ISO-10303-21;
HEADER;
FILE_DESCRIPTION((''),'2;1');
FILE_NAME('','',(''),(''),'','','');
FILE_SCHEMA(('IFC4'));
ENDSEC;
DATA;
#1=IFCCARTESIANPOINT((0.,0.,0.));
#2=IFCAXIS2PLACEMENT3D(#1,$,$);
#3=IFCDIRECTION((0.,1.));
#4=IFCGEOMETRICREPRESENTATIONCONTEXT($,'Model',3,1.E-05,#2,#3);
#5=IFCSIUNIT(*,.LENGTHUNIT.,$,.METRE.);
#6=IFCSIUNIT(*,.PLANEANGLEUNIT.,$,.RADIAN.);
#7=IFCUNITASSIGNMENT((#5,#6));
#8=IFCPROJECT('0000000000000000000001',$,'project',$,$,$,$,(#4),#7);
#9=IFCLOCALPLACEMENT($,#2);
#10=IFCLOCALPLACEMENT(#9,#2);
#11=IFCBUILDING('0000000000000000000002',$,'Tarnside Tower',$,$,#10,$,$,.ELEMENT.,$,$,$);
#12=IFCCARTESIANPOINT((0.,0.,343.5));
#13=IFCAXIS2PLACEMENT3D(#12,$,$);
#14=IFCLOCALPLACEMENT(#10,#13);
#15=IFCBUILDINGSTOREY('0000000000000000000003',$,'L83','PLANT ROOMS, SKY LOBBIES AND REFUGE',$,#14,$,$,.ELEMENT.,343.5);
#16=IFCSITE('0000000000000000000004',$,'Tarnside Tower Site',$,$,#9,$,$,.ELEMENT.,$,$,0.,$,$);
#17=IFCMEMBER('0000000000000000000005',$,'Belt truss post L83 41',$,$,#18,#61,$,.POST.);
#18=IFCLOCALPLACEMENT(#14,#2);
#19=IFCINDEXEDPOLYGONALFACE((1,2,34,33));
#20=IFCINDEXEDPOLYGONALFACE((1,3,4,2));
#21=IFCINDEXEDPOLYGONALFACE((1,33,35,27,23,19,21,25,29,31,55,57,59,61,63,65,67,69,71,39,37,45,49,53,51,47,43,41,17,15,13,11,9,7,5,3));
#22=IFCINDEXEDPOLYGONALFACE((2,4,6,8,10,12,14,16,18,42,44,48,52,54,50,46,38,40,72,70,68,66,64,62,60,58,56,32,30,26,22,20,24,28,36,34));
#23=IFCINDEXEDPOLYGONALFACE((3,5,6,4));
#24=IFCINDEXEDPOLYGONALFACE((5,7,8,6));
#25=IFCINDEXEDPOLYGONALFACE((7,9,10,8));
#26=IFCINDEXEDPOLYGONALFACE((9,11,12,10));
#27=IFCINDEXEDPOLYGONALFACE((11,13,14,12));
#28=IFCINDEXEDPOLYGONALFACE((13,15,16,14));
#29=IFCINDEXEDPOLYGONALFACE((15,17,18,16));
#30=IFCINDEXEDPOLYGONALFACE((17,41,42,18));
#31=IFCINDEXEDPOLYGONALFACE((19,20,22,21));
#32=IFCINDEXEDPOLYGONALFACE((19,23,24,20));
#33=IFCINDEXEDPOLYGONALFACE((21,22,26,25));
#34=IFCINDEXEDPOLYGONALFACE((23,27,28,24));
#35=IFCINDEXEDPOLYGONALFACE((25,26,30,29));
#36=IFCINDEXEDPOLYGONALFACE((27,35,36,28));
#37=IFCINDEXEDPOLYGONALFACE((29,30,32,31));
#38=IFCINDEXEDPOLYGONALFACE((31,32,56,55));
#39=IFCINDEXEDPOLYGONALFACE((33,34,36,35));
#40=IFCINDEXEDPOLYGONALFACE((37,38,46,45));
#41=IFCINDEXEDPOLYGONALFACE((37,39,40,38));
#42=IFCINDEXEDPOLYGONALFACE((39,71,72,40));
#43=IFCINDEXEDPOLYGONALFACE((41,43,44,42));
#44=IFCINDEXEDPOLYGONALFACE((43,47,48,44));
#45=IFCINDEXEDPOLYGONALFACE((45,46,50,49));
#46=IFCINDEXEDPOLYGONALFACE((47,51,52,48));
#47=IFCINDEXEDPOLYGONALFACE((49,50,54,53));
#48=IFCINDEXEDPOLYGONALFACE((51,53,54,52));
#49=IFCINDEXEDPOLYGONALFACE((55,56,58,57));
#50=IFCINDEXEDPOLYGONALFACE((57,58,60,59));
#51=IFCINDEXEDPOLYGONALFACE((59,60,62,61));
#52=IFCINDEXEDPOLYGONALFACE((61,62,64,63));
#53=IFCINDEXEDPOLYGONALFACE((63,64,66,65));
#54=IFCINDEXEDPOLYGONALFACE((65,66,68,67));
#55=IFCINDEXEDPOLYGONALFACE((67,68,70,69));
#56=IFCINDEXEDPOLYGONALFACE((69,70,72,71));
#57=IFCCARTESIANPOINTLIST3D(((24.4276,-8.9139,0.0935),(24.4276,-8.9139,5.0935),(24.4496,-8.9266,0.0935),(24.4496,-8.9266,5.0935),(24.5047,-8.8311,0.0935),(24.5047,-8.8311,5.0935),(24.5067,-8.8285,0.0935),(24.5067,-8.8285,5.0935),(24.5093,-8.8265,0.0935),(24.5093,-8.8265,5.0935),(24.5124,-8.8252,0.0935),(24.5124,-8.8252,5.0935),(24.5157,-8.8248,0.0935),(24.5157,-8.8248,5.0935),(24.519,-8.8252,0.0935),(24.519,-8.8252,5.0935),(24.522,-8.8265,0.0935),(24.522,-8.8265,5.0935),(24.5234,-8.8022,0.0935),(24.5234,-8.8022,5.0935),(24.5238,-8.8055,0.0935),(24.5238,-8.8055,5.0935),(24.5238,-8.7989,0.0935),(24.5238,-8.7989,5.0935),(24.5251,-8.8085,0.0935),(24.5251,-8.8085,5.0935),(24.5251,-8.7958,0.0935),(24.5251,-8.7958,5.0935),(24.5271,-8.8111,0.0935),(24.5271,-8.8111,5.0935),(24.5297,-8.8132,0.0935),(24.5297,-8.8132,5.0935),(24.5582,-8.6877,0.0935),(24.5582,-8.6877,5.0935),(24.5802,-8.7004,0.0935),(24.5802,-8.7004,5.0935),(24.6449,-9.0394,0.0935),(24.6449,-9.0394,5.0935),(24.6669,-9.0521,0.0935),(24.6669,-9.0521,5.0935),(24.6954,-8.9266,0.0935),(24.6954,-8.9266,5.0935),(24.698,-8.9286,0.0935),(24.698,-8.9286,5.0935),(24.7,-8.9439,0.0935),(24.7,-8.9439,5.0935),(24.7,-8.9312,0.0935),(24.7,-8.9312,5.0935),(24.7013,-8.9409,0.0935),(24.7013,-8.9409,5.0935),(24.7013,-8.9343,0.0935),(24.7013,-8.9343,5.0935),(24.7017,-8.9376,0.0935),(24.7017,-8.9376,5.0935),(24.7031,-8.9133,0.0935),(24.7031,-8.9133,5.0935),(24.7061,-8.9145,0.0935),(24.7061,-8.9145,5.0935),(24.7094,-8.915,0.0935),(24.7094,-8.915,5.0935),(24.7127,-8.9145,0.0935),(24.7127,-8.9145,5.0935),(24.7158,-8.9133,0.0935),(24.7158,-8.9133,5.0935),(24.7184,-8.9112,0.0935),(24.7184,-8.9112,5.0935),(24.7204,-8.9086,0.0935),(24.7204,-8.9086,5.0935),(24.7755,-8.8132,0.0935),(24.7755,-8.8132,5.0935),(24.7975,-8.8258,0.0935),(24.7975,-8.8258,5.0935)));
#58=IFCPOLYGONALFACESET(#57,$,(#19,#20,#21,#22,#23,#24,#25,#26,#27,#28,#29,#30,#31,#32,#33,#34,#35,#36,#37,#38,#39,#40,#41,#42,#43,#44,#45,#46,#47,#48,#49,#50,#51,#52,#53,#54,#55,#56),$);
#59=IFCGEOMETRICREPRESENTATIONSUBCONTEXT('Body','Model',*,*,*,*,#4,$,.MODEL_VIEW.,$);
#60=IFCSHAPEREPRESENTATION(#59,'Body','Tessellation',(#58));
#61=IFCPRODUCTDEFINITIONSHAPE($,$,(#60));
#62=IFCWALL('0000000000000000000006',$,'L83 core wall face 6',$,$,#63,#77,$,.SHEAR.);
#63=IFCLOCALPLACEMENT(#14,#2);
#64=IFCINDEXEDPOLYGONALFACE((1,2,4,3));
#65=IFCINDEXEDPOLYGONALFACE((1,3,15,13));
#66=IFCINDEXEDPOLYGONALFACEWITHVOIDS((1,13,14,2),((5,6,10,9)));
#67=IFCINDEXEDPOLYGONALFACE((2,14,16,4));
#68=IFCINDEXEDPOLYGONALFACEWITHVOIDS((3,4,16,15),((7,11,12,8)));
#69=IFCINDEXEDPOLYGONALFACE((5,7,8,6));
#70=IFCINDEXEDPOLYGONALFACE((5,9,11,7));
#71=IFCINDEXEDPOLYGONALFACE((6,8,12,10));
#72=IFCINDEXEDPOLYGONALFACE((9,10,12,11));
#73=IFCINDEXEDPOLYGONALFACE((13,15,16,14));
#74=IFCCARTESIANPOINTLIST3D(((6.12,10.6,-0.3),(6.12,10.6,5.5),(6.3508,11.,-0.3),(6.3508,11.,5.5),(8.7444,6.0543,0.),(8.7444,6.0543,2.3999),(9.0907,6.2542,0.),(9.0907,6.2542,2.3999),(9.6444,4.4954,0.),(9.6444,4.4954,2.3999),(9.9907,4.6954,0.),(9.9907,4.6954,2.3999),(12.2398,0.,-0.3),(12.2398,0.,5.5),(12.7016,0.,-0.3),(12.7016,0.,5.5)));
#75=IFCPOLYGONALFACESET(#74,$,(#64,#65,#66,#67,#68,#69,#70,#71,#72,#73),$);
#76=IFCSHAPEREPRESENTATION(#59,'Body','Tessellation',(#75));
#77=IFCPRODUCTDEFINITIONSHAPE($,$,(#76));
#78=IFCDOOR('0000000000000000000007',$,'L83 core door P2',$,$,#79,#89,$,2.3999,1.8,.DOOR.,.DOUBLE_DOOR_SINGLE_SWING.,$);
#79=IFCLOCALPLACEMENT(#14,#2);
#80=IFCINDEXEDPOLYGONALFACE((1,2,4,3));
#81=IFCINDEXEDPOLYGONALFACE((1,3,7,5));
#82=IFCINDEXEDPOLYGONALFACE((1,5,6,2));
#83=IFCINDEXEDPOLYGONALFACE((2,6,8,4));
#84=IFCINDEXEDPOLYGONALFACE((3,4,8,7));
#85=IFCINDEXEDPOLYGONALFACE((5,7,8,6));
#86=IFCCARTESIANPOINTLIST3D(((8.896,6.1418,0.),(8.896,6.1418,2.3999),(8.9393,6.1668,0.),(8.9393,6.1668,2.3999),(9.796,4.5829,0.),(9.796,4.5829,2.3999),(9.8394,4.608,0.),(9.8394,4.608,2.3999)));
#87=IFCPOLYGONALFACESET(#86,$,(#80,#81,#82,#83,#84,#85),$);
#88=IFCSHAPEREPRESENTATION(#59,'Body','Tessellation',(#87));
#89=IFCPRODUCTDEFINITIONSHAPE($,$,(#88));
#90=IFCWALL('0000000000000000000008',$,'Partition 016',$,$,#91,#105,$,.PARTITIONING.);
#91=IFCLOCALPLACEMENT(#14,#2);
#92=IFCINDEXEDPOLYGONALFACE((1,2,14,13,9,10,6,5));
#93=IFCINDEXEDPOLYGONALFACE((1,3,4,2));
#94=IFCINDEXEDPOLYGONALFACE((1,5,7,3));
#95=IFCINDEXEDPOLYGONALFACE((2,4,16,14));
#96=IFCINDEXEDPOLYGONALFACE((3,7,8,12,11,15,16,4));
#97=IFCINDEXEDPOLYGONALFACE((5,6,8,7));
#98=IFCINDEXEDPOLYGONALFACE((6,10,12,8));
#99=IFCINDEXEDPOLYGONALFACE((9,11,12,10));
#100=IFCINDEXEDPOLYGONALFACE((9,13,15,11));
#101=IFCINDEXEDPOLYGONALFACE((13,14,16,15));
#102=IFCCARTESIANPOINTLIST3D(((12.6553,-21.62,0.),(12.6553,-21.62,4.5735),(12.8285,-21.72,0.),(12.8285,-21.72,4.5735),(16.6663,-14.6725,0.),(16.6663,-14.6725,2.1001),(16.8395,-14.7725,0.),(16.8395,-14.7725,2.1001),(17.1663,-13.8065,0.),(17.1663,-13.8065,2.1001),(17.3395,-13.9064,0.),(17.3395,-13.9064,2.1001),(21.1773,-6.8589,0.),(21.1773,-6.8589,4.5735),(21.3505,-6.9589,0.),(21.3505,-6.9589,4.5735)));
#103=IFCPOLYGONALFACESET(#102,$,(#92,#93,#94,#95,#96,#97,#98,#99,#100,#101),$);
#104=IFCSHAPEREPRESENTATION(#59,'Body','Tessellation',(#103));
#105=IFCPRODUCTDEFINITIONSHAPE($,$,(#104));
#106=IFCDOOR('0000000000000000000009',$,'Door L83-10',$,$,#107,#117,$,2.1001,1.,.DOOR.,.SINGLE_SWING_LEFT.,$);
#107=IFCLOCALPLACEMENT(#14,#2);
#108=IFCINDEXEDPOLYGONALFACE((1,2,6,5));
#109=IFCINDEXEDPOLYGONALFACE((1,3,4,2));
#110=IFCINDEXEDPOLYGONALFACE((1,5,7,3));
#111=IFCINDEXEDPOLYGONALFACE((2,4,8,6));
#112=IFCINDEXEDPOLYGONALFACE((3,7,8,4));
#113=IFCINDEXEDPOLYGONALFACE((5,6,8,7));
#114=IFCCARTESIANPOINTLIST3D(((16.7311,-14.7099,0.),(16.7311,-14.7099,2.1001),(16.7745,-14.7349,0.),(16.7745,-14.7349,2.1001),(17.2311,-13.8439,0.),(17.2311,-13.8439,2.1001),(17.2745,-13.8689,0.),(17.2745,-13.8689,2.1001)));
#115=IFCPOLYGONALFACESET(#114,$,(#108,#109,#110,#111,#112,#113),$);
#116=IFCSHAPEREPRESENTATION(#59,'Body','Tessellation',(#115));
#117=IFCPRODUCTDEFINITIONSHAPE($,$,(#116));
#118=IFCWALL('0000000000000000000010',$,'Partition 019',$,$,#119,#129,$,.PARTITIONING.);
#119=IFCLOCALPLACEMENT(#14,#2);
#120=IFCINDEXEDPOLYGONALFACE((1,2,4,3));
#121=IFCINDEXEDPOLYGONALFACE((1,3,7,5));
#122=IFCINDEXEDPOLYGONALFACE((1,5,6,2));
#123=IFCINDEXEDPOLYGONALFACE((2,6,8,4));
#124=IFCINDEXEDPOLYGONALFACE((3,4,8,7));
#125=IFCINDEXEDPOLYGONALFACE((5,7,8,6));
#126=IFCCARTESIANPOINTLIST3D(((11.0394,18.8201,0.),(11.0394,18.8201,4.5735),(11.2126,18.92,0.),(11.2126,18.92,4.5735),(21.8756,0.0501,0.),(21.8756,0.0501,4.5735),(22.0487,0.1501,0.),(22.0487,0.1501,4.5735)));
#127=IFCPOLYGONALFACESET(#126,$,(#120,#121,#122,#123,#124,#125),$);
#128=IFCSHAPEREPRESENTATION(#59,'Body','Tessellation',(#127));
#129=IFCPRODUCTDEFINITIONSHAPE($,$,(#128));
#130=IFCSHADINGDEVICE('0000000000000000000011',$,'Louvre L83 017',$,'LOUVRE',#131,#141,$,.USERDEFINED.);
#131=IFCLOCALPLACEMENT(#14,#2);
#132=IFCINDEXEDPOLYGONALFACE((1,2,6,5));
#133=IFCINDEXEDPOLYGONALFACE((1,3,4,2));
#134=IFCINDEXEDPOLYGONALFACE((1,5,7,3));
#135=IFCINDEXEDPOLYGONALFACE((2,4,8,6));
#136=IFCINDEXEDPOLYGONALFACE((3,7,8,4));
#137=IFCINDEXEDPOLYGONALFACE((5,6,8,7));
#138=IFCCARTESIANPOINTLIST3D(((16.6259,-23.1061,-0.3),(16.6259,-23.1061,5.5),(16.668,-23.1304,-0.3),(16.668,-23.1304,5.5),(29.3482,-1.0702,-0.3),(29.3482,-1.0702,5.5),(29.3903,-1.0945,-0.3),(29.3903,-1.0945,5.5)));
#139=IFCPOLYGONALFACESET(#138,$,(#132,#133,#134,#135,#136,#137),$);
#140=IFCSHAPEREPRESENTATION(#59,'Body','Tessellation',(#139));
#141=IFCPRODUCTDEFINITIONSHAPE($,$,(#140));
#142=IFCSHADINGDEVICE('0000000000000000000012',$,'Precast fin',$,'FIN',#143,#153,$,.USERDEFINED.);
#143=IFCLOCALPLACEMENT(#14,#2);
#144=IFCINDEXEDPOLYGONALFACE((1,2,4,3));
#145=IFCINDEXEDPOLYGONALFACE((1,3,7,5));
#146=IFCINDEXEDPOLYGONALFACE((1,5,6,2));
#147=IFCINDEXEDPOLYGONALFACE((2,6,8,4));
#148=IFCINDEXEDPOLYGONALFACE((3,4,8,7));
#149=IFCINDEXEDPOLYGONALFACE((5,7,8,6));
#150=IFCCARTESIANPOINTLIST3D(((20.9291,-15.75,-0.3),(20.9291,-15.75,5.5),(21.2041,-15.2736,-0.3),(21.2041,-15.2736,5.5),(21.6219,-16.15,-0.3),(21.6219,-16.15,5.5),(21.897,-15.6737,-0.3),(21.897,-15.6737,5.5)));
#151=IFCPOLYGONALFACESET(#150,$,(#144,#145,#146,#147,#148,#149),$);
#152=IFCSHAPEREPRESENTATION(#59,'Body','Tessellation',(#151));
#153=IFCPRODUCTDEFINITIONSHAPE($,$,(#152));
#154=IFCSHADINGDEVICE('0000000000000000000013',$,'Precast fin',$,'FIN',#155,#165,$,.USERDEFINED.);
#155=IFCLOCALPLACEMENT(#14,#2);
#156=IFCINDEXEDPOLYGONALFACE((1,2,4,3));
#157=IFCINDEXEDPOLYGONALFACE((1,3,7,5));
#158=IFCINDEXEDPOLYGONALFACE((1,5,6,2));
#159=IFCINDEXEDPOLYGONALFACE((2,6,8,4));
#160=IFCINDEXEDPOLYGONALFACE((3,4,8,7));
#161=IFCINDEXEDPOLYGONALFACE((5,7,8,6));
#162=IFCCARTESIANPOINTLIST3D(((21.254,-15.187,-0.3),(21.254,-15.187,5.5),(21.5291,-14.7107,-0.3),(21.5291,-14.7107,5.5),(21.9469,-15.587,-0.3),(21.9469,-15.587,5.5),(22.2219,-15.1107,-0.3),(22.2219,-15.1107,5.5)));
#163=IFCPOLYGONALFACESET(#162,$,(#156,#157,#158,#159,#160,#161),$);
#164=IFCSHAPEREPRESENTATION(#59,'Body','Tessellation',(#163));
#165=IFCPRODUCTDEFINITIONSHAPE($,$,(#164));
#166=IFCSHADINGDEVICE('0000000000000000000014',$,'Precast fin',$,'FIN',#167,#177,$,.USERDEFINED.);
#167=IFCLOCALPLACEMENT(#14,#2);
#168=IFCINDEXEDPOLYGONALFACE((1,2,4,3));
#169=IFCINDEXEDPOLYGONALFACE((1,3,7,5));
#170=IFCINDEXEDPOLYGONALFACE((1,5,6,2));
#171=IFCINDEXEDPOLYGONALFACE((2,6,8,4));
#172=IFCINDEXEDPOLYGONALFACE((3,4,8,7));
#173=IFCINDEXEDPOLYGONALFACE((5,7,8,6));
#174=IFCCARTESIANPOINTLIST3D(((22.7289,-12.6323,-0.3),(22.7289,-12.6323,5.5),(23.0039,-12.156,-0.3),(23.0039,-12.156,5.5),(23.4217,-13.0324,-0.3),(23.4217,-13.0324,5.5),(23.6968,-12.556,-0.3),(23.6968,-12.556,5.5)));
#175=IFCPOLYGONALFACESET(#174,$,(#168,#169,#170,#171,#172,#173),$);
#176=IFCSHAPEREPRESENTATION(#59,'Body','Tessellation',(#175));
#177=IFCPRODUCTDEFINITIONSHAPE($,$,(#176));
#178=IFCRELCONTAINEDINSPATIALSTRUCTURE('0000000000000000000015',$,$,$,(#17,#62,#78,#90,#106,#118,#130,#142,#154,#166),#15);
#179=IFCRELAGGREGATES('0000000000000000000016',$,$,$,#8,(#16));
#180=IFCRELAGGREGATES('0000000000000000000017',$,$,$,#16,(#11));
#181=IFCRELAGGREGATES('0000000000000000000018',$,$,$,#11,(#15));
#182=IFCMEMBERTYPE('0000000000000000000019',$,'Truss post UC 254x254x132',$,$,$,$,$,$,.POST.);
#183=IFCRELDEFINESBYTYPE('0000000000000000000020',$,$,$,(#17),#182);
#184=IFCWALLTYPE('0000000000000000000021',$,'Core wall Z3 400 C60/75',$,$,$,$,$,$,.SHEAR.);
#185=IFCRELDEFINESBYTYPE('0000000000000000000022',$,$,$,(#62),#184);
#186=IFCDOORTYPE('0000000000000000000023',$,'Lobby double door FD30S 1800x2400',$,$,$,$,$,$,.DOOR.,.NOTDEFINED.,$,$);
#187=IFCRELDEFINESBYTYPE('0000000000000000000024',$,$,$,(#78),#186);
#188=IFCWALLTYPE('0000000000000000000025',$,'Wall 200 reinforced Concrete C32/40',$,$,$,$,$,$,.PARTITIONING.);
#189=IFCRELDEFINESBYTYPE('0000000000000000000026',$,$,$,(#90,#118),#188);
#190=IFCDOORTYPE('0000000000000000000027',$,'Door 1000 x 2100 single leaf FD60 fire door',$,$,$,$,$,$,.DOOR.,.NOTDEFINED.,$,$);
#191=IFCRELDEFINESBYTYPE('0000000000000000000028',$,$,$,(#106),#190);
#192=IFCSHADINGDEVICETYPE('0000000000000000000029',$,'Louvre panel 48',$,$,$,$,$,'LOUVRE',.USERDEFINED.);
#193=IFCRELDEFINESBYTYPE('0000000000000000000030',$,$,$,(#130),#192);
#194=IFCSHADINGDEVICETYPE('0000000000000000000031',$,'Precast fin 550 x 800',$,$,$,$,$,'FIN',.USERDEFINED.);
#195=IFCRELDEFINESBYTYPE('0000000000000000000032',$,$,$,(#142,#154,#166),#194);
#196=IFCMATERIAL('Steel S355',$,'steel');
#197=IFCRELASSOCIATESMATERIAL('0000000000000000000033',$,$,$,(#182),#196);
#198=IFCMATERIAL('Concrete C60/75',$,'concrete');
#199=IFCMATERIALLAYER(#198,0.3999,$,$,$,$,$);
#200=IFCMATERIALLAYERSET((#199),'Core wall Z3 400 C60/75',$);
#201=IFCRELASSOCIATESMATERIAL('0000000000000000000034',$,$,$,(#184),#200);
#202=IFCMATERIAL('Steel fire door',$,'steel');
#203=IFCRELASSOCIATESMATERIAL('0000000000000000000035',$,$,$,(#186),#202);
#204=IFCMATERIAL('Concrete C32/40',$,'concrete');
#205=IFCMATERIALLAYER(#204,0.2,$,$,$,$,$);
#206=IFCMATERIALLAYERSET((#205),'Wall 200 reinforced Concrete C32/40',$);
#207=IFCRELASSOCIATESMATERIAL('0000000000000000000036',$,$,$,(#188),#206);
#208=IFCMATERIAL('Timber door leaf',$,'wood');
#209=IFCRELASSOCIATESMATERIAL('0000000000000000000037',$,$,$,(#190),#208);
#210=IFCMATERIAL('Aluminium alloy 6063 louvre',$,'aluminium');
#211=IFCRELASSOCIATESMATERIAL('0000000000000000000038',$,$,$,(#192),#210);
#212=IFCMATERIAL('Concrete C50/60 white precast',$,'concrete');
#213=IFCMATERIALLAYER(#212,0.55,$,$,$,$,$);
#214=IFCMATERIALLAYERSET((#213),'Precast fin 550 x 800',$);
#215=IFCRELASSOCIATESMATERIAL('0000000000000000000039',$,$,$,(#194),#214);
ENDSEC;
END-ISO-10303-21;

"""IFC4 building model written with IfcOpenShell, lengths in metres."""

from ifc_helpers import new_model, si_unit, direction, frame, frame_2d, origin, origin_2d, place, context, subcontext, project, spatial, polyline, rectangle, i_section, outline, extrude, material, layer, layer_set, material_profile, profile_set, type_object, element, fill, save


model = new_model("IFC4")

# Units and contexts
model_context = context("Model", 3, precision=1e-05, world=origin(), true_north=direction((0.0, 1.0)))
body_context = subcontext(model_context, "Body", "Model", "MODEL_VIEW")
ifc_project = project(units=[si_unit("LENGTHUNIT", "METRE"), si_unit("PLANEANGLEUNIT", "RADIAN")], contexts=[model_context])

# Site, building, storey
site_placement = place(None, origin())
site = spatial("IfcSite", under=ifc_project, at=site_placement, Name="Tarnside Tower Site", CompositionType="ELEMENT", RefElevation=0.0)
building_placement = place(site_placement, origin())
building = spatial("IfcBuilding", under=site, at=building_placement, Name="Tarnside Tower", CompositionType="ELEMENT")
storey_placement = place(building_placement, frame((0.0, 0.0, 343.5)))
storey = spatial("IfcBuildingStorey", under=building, at=storey_placement, Name="L83", Description="PLANT ROOMS, SKY LOBBIES AND REFUGE", CompositionType="ELEMENT", Elevation=343.5)

# Shared definitions
ifc_material_1 = material(Name="Steel S355", Category="steel")

# Member
ifc_material_profile_1 = material_profile(ifc_material_1, i_section(OverallWidth=0.2612, OverallDepth=0.2764, WebThickness=0.0154, FlangeThickness=0.0254, FilletRadius=0.0127, at=origin_2d()), Name="UC 254x254x132")
ifc_profile_set_1 = profile_set([ifc_material_profile_1], Name="Steel S355")
member_type_1 = type_object("IfcMemberType", Name="Truss post UC 254x254x132", PredefinedType="POST", material=ifc_profile_set_1)
for number, where, z_axis, x_axis, name in (
    (1, (24.6125, -8.8699, 0.0935), (0.0, 0.0, 1.0), (0.5, 0.866025, 0.0), "Belt truss post L83 41"),
):
    element("IfcMember", number, at=place(storey_placement, frame(where, z_axis=z_axis, x_axis=x_axis)), inside=storey, type_object=member_type_1, Name=name, PredefinedType="POST", context=body_context, shape_type="SweptSolid", body=[
        extrude(i_section(OverallWidth=0.2612, OverallDepth=0.2764, WebThickness=0.0154, FlangeThickness=0.0254, FilletRadius=0.0127, at=origin_2d()), origin(), (0.0, 0.0, 1.0), 5.0),
    ])

# Walls, openings, doors
ifc_material_2 = material(Name="Concrete C60/75", Category="concrete")
ifc_layer_1 = layer(ifc_material_2, 0.3999)
ifc_layer_set_1 = layer_set([ifc_layer_1], Name="Core wall Z3 400 C60/75")
wall_type_1 = type_object("IfcWallType", Name="Core wall Z3 400 C60/75", PredefinedType="SHEAR", material=ifc_layer_set_1)
wall_1_placement = place(storey_placement, frame((12.4707, 0.0, -0.3), z_axis=(0.0, 0.0, 1.0), x_axis=(-0.499996, 0.866027, 0.0)))
wall_1 = element("IfcWall", 2, at=wall_1_placement, inside=storey, type_object=wall_type_1, Name="L83 core wall face 6", PredefinedType="SHEAR", context=body_context, shape_type="SweptSolid", body=[
    extrude(outline(polyline([(-0.1155, -0.2), (12.5862, -0.2), (12.3552, 0.2), (0.1155, 0.2), (-0.1155, -0.2)])), origin(), (0.0, 0.0, 1.0), 5.8),
])
opening_1_placement = place(wall_1_placement, frame((5.3064, 0.0, 0.3)))
opening_1 = element("IfcOpeningElement", 3, at=opening_1_placement, cuts=wall_1, PredefinedType="OPENING", context=body_context, shape_type="SweptSolid", body=[
    extrude(rectangle(XDim=1.8, YDim=2.3999, at=frame_2d((0.8999, 1.2))), frame((0.0, 0.21, 0.0), z_axis=(0.0, -1.0, 0.0), x_axis=(1.0, 0.0, 0.0)), (0.0, 0.0, 1.0), 0.4199),
])
ifc_material_3 = material(Name="Steel fire door", Category="steel")
door_type_1 = type_object("IfcDoorType", Name="Lobby double door FD30S 1800x2400", OperationType="NOTDEFINED", PredefinedType="DOOR", material=ifc_material_3)
door_1_placement = place(opening_1_placement, origin())
door_1 = element("IfcDoor", 4, at=door_1_placement, inside=storey, type_object=door_type_1, Name="L83 core door P2", OperationType="DOUBLE_DOOR_SINGLE_SWING", OverallHeight=2.3999, OverallWidth=1.8, PredefinedType="DOOR", context=body_context, shape_type="SweptSolid", body=[
    extrude(rectangle(XDim=1.8, YDim=2.3999, at=frame_2d((0.8999, 1.2))), frame((0.0, 0.0249, 0.0), z_axis=(0.0, -1.0, 0.0), x_axis=(1.0, 0.0, 0.0)), (0.0, 0.0, 1.0), 0.05),
])
fill(opening_1, door_1)
ifc_material_4 = material(Name="Concrete C32/40", Category="concrete")
ifc_layer_2 = layer(ifc_material_4, 0.2)
ifc_layer_set_2 = layer_set([ifc_layer_2], Name="Wall 200 reinforced Concrete C32/40")
wall_type_2 = type_object("IfcWallType", Name="Wall 200 reinforced Concrete C32/40", PredefinedType="PARTITIONING", material=ifc_layer_set_2)
wall_2_placement = place(storey_placement, frame((21.2639, -6.9089, 0.0), z_axis=(0.0, 0.0, 1.0), x_axis=(-0.499987, -0.866033, 0.0)))
wall_2 = element("IfcWall", 5, at=wall_2_placement, inside=storey, type_object=wall_type_2, Name="Partition 016", PredefinedType="PARTITIONING", context=body_context, shape_type="SweptSolid", body=[
    extrude(rectangle(XDim=17.0444, YDim=0.2, at=frame_2d((8.5222, 0.0))), origin(), (0.0, 0.0, 1.0), 4.5735),
])
opening_2_placement = place(wall_2_placement, frame((8.0222, 0.0, 0.0)))
opening_2 = element("IfcOpeningElement", 6, at=opening_2_placement, cuts=wall_2, PredefinedType="OPENING", context=body_context, shape_type="SweptSolid", body=[
    extrude(rectangle(XDim=1.0, YDim=2.1001, at=frame_2d((0.5, 1.05))), frame((0.0, 0.1099, 0.0), z_axis=(0.0, -1.0, 0.0), x_axis=(1.0, 0.0, 0.0)), (0.0, 0.0, 1.0), 0.22),
])
ifc_material_5 = material(Name="Timber door leaf", Category="wood")
door_type_2 = type_object("IfcDoorType", Name="Door 1000 x 2100 single leaf FD60 fire door", OperationType="NOTDEFINED", PredefinedType="DOOR", material=ifc_material_5)
door_2_placement = place(opening_2_placement, origin())
door_2 = element("IfcDoor", 7, at=door_2_placement, inside=storey, type_object=door_type_2, Name="Door L83-10", OperationType="SINGLE_SWING_LEFT", OverallHeight=2.1001, OverallWidth=1.0, PredefinedType="DOOR", context=body_context, shape_type="SweptSolid", body=[
    extrude(rectangle(XDim=1.0, YDim=2.1001, at=frame_2d((0.5, 1.05))), frame((0.0, 0.0249, 0.0), z_axis=(0.0, -1.0, 0.0), x_axis=(1.0, 0.0, 0.0)), (0.0, 0.0, 1.0), 0.05),
])
fill(opening_2, door_2)

# Wall
wall_3_placement = place(storey_placement, frame((21.9622, 0.1001, 0.0), z_axis=(0.0, 0.0, 1.0), x_axis=(-0.499976, 0.866039, 0.0)))
element("IfcWall", 8, at=wall_3_placement, inside=storey, type_object=wall_type_2, Name="Partition 019", PredefinedType="PARTITIONING", context=body_context, shape_type="SweptSolid", body=[
    extrude(rectangle(XDim=21.6733, YDim=0.2, at=frame_2d((10.8367, 0.0))), origin(), (0.0, 0.0, 1.0), 4.5735),
])

# Shading devices
ifc_material_6 = material(Name="Aluminium alloy 6063 louvre", Category="aluminium")
shading_device_type_1 = type_object("IfcShadingDeviceType", Name="Louvre panel 48", ElementType="LOUVRE", PredefinedType="USERDEFINED", material=ifc_material_6)
shading_device_placement = place(storey_placement, frame((22.9871, -12.0881, -0.3), z_axis=(-0.499998, -0.866027, 0.0), x_axis=(0.866027, -0.499998, 0.0)))
element("IfcShadingDevice", 9, at=shading_device_placement, inside=storey, type_object=shading_device_type_1, Name="Louvre L83 017", ObjectType="LOUVRE", PredefinedType="USERDEFINED", context=body_context, shape_type="SweptSolid", body=[
    extrude(outline(polyline([(0.0, 0.0), (0.0486, 0.0), (0.0486, 5.8), (0.0, 5.8), (0.0, 0.0)])), frame((0.0, 0.0, -12.7224)), (0.0, 0.0, 1.0), 25.4448),
])
ifc_material_7 = material(Name="Concrete C50/60 white precast", Category="concrete")
ifc_layer_3 = layer(ifc_material_7, 0.55)
ifc_layer_set_3 = layer_set([ifc_layer_3], Name="Precast fin 550 x 800")
shading_device_type_2 = type_object("IfcShadingDeviceType", Name="Precast fin 550 x 800", ElementType="FIN", PredefinedType="USERDEFINED", material=ifc_layer_set_3)
for number, where, z_axis, x_axis, name in (
    (10, (21.0667, -15.5117, -0.3), (-0.5, -0.866025, 0.0), (0.866025, -0.5, 0.0), "Precast fin"),
    (11, (21.3916, -14.9487, -0.3), (-0.5, -0.866025, 0.0), (0.866025, -0.5, 0.0), "Precast fin"),
    (12, (22.8665, -12.394, -0.3), (-0.5, -0.866025, 0.0), (0.866025, -0.5, 0.0), "Precast fin"),
):
    element("IfcShadingDevice", number, at=place(storey_placement, frame(where, z_axis=z_axis, x_axis=x_axis)), inside=storey, type_object=shading_device_type_2, Name=name, ObjectType="FIN", PredefinedType="USERDEFINED", context=body_context, shape_type="SweptSolid", body=[
        extrude(outline(polyline([(0.0, 0.0), (0.8, 0.0), (0.8, 5.8), (0.0, 5.8), (0.0, 0.0)])), frame((0.0, 0.0, -0.2749)), (0.0, 0.0, 1.0), 0.55),
    ])

save(model, "model.ifc")
